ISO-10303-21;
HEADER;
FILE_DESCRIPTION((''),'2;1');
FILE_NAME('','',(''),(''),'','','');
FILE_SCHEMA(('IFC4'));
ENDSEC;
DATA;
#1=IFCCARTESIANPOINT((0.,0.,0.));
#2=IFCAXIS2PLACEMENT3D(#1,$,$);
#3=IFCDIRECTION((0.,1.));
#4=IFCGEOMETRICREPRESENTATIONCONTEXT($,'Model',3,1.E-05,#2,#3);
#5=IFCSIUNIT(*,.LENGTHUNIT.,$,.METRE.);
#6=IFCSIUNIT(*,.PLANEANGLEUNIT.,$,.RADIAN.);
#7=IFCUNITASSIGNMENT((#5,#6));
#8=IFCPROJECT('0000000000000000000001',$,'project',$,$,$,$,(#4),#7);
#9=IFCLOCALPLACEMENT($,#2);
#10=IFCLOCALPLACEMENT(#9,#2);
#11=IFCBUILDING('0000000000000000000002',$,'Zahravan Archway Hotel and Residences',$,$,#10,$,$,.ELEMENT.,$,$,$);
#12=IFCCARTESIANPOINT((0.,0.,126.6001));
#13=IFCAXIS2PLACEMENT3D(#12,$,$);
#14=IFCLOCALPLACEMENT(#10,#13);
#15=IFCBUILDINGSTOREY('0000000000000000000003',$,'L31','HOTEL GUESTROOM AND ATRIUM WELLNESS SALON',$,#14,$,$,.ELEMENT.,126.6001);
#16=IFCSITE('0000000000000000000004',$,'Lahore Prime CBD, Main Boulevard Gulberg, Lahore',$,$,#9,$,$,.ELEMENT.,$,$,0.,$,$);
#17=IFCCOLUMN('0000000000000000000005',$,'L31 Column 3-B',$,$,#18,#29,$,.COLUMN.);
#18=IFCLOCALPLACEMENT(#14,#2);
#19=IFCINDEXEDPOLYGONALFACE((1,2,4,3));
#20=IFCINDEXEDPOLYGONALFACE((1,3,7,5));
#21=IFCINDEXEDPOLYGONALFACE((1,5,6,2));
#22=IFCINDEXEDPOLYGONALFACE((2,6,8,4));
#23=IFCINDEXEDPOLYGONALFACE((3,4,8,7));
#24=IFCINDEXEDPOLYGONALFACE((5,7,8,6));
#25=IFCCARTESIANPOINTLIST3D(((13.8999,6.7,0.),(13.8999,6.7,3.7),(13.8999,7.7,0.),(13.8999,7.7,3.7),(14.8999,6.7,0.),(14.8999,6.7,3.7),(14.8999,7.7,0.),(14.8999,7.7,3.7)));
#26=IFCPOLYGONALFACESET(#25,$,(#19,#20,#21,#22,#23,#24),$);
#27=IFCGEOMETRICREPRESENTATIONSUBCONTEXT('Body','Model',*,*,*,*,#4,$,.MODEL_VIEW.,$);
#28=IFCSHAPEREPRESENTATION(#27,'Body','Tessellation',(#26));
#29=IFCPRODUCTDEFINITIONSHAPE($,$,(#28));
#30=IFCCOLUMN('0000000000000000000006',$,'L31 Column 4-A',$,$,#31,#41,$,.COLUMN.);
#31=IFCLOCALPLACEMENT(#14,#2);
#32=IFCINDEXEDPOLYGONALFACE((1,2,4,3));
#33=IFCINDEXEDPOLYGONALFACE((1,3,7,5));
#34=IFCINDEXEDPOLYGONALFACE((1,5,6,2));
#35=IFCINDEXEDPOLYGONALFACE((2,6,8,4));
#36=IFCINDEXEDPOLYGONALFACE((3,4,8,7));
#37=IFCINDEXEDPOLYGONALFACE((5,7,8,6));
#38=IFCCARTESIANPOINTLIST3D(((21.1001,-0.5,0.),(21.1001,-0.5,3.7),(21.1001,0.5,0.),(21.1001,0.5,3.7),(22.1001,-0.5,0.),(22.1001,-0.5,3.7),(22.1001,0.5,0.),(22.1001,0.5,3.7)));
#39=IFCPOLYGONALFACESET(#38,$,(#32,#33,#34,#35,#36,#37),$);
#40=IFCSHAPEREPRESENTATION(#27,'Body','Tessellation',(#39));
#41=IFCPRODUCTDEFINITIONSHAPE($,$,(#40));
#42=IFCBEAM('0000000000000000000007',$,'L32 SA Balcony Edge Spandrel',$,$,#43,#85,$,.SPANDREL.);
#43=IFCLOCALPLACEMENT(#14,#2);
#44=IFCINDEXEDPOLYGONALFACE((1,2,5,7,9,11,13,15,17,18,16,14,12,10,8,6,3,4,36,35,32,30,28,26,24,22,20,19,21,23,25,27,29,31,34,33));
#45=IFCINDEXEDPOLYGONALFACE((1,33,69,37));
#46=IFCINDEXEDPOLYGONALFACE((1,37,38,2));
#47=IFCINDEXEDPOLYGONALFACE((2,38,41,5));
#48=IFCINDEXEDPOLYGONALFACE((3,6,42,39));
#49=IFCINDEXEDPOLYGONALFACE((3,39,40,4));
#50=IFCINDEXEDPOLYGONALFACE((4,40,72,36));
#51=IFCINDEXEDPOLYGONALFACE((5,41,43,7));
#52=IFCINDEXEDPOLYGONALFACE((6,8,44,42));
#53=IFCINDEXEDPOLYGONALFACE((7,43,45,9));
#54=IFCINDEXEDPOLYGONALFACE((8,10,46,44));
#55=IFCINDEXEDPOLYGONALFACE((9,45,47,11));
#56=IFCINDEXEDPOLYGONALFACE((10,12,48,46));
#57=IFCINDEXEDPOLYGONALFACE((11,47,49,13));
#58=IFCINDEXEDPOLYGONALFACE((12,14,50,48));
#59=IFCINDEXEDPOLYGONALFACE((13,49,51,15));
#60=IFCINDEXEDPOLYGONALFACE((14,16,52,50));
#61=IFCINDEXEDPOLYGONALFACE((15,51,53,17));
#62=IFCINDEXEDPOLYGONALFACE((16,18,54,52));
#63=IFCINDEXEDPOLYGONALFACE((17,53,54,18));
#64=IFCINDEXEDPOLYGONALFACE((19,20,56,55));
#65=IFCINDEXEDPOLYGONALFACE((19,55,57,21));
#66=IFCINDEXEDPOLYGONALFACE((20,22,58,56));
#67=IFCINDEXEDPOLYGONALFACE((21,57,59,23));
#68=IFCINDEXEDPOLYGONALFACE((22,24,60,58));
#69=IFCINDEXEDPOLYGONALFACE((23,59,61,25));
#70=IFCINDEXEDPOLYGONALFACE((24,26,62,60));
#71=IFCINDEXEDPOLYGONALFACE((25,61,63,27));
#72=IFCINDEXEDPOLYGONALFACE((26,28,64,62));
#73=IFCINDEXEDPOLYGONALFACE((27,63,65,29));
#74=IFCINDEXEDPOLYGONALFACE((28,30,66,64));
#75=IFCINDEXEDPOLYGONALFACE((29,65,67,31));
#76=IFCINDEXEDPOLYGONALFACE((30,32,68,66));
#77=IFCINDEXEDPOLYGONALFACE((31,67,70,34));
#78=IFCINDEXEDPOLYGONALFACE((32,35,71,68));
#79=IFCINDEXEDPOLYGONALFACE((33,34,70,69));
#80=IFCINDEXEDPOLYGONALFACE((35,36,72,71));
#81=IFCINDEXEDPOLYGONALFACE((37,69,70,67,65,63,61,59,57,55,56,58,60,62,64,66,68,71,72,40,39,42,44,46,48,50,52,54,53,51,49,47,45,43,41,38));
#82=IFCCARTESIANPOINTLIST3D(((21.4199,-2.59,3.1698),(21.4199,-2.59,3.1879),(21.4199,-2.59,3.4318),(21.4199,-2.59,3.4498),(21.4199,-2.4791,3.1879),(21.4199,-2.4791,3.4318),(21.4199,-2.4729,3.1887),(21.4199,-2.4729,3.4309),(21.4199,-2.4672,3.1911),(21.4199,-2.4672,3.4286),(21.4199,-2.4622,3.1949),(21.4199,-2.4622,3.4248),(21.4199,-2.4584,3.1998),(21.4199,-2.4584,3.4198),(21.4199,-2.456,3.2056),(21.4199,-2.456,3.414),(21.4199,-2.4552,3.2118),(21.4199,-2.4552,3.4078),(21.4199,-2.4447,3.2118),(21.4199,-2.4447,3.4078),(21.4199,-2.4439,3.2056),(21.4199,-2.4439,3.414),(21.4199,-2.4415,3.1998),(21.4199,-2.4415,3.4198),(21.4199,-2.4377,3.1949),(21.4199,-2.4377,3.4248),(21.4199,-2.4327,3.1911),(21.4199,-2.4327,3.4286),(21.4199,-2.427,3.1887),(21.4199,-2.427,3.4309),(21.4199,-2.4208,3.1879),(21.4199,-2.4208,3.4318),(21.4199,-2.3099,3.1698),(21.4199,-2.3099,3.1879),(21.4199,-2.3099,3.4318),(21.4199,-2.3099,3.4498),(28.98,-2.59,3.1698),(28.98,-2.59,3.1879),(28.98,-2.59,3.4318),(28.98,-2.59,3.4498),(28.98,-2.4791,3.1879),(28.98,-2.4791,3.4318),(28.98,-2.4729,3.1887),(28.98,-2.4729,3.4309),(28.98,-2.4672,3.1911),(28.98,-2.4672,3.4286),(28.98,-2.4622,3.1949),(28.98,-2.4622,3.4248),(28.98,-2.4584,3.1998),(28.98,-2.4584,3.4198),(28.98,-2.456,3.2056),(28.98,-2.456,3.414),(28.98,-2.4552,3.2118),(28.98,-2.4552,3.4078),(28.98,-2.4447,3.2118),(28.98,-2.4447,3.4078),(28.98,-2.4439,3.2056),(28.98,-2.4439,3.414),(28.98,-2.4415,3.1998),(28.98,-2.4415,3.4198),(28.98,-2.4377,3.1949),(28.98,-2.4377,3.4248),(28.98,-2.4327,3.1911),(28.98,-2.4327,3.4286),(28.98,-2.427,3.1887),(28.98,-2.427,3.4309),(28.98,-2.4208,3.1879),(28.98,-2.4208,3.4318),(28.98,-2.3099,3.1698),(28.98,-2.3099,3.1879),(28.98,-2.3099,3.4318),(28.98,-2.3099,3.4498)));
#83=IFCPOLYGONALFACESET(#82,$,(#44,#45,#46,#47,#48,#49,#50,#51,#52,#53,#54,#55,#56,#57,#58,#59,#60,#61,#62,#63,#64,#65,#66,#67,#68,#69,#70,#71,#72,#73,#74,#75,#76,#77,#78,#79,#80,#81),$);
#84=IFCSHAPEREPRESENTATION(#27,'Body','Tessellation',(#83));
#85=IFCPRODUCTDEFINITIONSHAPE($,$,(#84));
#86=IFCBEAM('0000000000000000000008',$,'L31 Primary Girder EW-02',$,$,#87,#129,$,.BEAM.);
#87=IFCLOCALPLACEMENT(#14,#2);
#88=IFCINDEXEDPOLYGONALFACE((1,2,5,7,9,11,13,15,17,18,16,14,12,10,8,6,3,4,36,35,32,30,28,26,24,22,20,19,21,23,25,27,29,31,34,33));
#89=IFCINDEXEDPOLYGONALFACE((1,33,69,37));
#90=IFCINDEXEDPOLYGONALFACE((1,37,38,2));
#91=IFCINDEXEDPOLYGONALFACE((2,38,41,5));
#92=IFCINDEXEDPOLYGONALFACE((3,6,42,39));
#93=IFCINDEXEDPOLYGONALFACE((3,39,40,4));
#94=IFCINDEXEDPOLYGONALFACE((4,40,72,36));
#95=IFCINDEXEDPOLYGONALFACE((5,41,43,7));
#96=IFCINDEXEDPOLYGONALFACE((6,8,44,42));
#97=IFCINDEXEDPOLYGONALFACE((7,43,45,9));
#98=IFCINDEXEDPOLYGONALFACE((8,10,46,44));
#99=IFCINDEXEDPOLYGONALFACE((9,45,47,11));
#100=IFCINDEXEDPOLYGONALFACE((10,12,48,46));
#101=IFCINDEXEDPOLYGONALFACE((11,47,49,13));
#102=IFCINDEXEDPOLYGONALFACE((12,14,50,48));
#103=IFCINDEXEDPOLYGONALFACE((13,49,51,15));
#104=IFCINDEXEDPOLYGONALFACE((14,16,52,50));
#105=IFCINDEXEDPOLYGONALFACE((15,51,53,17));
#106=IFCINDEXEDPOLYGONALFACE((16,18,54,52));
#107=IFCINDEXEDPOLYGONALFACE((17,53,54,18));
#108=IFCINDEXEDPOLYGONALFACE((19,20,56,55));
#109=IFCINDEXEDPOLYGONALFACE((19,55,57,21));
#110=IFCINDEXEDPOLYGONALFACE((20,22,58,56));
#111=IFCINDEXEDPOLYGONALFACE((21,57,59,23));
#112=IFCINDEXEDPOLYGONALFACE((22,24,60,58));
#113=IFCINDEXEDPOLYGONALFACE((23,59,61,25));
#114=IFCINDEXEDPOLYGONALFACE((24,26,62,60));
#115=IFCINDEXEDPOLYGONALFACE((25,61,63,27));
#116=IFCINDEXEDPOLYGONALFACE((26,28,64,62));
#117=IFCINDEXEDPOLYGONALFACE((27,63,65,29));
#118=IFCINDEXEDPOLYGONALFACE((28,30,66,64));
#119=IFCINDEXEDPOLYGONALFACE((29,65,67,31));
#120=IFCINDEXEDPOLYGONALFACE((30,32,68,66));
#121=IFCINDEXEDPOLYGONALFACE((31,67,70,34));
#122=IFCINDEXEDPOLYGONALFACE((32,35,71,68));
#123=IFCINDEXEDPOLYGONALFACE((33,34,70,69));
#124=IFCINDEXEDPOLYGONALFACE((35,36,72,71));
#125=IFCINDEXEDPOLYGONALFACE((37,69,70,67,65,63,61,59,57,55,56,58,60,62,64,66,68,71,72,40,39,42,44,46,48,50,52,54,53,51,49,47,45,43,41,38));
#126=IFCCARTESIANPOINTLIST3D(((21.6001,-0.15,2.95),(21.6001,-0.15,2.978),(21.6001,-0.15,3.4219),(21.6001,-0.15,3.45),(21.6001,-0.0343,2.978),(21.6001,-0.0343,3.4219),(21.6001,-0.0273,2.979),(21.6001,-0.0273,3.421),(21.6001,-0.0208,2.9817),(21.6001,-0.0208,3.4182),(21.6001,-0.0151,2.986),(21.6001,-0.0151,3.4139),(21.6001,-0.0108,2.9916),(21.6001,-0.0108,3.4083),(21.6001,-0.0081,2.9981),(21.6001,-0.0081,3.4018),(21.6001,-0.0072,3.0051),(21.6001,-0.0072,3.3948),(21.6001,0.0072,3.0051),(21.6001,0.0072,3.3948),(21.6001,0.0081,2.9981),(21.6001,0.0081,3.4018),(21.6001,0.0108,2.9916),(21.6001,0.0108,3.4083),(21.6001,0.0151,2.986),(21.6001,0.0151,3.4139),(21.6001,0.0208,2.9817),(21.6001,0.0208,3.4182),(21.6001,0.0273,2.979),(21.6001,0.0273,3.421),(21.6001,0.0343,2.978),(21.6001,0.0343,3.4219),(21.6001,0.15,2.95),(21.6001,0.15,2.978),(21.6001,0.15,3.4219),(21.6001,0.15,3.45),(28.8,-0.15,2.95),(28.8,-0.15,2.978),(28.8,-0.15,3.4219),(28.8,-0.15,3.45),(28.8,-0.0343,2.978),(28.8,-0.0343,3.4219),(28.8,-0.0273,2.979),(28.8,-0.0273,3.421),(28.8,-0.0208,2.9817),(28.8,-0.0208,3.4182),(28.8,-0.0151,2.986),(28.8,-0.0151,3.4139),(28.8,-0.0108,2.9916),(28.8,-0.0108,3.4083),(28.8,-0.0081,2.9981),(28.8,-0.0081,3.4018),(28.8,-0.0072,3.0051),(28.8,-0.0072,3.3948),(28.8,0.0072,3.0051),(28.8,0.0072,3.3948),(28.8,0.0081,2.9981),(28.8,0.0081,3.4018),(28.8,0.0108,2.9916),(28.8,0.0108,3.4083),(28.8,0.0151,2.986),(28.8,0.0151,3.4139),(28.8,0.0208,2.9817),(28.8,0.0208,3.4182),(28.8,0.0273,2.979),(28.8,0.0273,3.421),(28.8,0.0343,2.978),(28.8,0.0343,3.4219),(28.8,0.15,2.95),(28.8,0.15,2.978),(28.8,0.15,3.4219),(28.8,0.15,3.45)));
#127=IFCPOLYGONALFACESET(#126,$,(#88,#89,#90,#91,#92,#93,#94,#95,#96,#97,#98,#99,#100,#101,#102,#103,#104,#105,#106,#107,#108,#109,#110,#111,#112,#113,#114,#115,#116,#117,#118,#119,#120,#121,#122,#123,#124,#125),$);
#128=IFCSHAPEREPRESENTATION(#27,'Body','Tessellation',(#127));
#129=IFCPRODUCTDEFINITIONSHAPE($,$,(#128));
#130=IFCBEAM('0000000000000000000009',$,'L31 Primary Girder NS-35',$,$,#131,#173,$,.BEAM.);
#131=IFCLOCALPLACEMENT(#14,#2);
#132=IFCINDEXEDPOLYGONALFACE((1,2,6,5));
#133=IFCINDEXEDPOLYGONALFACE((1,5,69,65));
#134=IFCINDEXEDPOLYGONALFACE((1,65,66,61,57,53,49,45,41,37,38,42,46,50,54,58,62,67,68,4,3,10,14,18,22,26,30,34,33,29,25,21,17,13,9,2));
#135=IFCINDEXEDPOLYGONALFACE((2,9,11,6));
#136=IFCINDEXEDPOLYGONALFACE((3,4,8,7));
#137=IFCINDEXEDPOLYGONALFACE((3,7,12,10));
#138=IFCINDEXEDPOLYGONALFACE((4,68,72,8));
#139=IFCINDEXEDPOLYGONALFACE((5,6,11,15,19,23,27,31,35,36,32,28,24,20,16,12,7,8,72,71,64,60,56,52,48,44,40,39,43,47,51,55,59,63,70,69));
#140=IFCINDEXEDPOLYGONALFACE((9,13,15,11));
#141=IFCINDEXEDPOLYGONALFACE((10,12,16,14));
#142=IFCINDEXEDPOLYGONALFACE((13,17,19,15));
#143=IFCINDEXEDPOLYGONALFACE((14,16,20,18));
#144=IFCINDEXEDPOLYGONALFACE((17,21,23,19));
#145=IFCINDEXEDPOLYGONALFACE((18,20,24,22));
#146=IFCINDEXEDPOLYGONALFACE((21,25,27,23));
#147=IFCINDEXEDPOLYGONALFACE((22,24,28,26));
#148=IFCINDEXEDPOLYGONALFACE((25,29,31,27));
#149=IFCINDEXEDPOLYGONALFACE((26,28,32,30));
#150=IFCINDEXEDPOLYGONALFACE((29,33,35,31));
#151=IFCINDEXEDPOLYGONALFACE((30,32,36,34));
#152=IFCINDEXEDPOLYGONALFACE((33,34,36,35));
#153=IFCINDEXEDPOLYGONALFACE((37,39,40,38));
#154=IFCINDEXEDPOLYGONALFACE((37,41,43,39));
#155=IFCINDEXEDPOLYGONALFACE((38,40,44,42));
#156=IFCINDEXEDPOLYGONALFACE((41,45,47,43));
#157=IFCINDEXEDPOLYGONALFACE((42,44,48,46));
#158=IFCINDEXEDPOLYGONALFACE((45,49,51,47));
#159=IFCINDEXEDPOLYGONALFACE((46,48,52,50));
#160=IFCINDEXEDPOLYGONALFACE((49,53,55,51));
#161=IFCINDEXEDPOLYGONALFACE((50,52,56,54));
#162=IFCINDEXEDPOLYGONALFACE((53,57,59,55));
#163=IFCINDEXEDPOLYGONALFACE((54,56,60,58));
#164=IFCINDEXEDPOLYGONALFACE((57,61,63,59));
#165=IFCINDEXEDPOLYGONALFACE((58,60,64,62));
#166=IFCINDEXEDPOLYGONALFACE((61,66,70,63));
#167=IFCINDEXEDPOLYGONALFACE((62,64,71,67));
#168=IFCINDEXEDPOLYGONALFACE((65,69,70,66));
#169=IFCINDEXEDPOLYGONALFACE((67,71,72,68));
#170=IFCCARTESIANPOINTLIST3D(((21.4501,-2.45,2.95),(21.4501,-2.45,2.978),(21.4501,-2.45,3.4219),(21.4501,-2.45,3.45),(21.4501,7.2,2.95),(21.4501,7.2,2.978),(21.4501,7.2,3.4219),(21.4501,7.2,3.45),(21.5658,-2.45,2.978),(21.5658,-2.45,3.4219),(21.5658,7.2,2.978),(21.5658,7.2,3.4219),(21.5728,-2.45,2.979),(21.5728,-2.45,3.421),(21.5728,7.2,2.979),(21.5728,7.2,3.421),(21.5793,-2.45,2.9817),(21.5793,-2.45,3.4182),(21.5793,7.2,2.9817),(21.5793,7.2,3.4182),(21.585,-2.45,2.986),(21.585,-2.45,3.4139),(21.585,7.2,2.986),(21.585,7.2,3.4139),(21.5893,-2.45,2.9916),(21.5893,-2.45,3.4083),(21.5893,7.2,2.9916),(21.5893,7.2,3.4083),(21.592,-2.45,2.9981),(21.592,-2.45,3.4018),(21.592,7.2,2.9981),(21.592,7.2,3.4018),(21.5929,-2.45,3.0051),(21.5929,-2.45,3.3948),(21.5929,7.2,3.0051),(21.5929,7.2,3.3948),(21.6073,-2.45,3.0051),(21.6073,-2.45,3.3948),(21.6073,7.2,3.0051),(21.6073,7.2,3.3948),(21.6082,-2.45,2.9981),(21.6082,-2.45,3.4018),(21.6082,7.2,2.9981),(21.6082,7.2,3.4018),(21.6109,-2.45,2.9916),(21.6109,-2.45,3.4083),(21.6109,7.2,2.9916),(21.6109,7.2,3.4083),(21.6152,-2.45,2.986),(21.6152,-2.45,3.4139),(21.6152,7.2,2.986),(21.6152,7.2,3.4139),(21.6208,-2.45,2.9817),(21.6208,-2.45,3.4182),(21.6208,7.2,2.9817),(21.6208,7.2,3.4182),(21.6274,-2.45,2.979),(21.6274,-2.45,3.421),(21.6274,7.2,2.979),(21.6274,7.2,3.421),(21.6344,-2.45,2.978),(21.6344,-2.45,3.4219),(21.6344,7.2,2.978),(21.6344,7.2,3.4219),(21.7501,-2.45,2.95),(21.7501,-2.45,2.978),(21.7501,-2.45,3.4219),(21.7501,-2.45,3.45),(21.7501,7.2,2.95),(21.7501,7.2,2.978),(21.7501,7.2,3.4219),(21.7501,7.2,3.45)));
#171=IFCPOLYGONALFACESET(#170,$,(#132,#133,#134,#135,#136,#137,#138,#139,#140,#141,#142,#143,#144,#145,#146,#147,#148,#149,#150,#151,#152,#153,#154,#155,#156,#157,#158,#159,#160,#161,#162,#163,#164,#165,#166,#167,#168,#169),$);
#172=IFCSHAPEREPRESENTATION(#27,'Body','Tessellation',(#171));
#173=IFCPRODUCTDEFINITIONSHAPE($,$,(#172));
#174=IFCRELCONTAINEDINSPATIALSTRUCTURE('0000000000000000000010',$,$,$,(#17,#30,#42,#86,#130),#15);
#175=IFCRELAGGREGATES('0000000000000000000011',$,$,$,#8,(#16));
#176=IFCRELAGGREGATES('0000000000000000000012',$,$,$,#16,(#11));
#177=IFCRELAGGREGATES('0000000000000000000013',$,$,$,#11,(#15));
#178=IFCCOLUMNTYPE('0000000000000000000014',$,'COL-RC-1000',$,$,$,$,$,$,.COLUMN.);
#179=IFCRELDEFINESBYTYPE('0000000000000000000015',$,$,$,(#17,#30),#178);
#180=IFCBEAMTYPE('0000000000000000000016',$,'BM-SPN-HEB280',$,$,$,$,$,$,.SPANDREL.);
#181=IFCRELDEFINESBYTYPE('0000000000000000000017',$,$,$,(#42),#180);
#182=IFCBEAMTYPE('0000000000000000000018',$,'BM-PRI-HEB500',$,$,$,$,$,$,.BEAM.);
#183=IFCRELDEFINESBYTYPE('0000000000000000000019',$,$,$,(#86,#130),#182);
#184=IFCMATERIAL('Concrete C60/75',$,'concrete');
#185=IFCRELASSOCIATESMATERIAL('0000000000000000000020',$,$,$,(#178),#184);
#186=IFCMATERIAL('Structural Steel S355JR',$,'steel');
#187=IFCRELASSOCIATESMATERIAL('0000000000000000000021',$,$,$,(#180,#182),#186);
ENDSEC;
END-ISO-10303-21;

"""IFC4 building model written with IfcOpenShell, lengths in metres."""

from ifc_helpers import new_model, si_unit, direction, frame, origin, origin_2d, place, context, subcontext, project, spatial, rectangle, i_section, extrude, source, transform, mapped, material, material_profile, profile_set, type_object, type_shapes, element, save


model = new_model("IFC4")

# Units and contexts
model_context = context("Model", 3, precision=1e-05, world=origin(), true_north=direction((0.0, 1.0)))
body_context = subcontext(model_context, "Body", "Model", "MODEL_VIEW")
ifc_project = project(units=[si_unit("LENGTHUNIT", "METRE"), si_unit("PLANEANGLEUNIT", "RADIAN")], contexts=[model_context])

# Site, building, storey
site_placement = place(None, origin())
site = spatial("IfcSite", under=ifc_project, at=site_placement, Name="Lahore Prime CBD, Main Boulevard Gulberg, Lahore", CompositionType="ELEMENT", RefElevation=0.0)
building_placement = place(site_placement, origin())
building = spatial("IfcBuilding", under=site, at=building_placement, Name="Zahravan Archway Hotel and Residences", CompositionType="ELEMENT")
storey_placement = place(building_placement, frame((0.0, 0.0, 126.6001)))
storey = spatial("IfcBuildingStorey", under=building, at=storey_placement, Name="L31", Description="HOTEL GUESTROOM AND ATRIUM WELLNESS SALON", CompositionType="ELEMENT", Elevation=126.6001)

# Columns
ifc_material_1 = material(Name="Concrete C60/75", Category="concrete")
ifc_material_profile_1 = material_profile(ifc_material_1, rectangle(XDim=1.0, YDim=1.0, at=origin_2d()), Name="RC-COL-1000x1000", Category="concrete")
ifc_profile_set_1 = profile_set([ifc_material_profile_1], Name="Concrete C60/75")
column_type = type_object("IfcColumnType", Name="COL-RC-1000", PredefinedType="COLUMN", material=ifc_profile_set_1)
shared_shape_1 = source(origin(), body_context, "Body", "SweptSolid", [
    extrude(rectangle(XDim=1.0, YDim=1.0, at=origin_2d()), origin(), (0.0, 0.0, 1.0), 3.7),
])
type_shapes(column_type, [shared_shape_1])
for number, where, z_axis, x_axis, name in (
    (1, (14.3999, 7.2, 0.0), (0.0, 0.0, 1.0), (1.0, 0.0, 0.0), "L31 Column 3-B"),
    (2, (21.6001, 0.0, 0.0), (0.0, 0.0, 1.0), (1.0, 0.0, 0.0), "L31 Column 4-A"),
):
    element("IfcColumn", number, at=place(storey_placement, frame(where, z_axis=z_axis, x_axis=x_axis)), inside=storey, type_object=column_type, Name=name, PredefinedType="COLUMN", context=body_context, shape_type="MappedRepresentation", body=[
        mapped(shared_shape_1, transform((0.0, 0.0, 0.0), scale=1.0)),
    ])

# Beams
ifc_material_2 = material(Name="Structural Steel S355JR", Category="steel")
ifc_material_profile_2 = material_profile(ifc_material_2, i_section(OverallWidth=0.28, OverallDepth=0.28, WebThickness=0.0105, FlangeThickness=0.0181, FilletRadius=0.0239, at=origin_2d()), Name="HEB 280", Category="steel")
ifc_profile_set_2 = profile_set([ifc_material_profile_2], Name="Structural Steel S355JR")
beam_type_1 = type_object("IfcBeamType", Name="BM-SPN-HEB280", PredefinedType="SPANDREL", material=ifc_profile_set_2)
shared_shape_2 = source(origin(), body_context, "Body", "SweptSolid", [
    extrude(i_section(OverallWidth=0.28, OverallDepth=0.28, WebThickness=0.0105, FlangeThickness=0.0181, FilletRadius=0.0239, at=origin_2d()), origin(), (0.0, 0.0, 1.0), 7.5601),
])
type_shapes(beam_type_1, [shared_shape_2])
beam_1_placement = place(storey_placement, frame((21.4199, -2.45, 3.3098), z_axis=(1.0, 0.0, 0.0), x_axis=(0.0, 1.0, 0.0)))
element("IfcBeam", 3, at=beam_1_placement, inside=storey, type_object=beam_type_1, Name="L32 SA Balcony Edge Spandrel", PredefinedType="SPANDREL", context=body_context, shape_type="MappedRepresentation", body=[
    mapped(shared_shape_2, transform((0.0, 0.0, 0.0), scale=1.0)),
])
ifc_material_profile_3 = material_profile(ifc_material_2, i_section(OverallWidth=0.3, OverallDepth=0.5, WebThickness=0.0144, FlangeThickness=0.0281, FilletRadius=0.0271, at=origin_2d()), Name="HEB 500", Category="steel")
ifc_profile_set_3 = profile_set([ifc_material_profile_3], Name="Structural Steel S355JR")
beam_type_2 = type_object("IfcBeamType", Name="BM-PRI-HEB500", PredefinedType="BEAM", material=ifc_profile_set_3)
shared_shape_3 = source(origin(), body_context, "Body", "SweptSolid", [
    extrude(i_section(OverallWidth=0.3, OverallDepth=0.5, WebThickness=0.0144, FlangeThickness=0.0281, FilletRadius=0.0271, at=origin_2d()), origin(), (0.0, 0.0, 1.0), 7.2),
])
beam_2_placement = place(storey_placement, frame((21.6001, 0.0, 3.2), z_axis=(1.0, 0.0, 0.0), x_axis=(0.0, 1.0, 0.0)))
element("IfcBeam", 4, at=beam_2_placement, inside=storey, type_object=beam_type_2, Name="L31 Primary Girder EW-02", PredefinedType="BEAM", context=body_context, shape_type="MappedRepresentation", body=[
    mapped(shared_shape_3, transform((0.0, 0.0, 0.0), scale=1.0)),
])
shared_shape_4 = source(origin(), body_context, "Body", "SweptSolid", [
    extrude(i_section(OverallWidth=0.3, OverallDepth=0.5, WebThickness=0.0144, FlangeThickness=0.0281, FilletRadius=0.0271, at=origin_2d()), origin(), (0.0, 0.0, 1.0), 9.6499),
])
beam_3_placement = place(storey_placement, frame((21.6001, -2.45, 3.2), z_axis=(0.0, 1.0, 0.0), x_axis=(-1.0, 0.0, 0.0)))
element("IfcBeam", 5, at=beam_3_placement, inside=storey, type_object=beam_type_2, Name="L31 Primary Girder NS-35", PredefinedType="BEAM", context=body_context, shape_type="MappedRepresentation", body=[
    mapped(shared_shape_4, transform((0.0, 0.0, 0.0), scale=1.0)),
])

save(model, "model.ifc")
